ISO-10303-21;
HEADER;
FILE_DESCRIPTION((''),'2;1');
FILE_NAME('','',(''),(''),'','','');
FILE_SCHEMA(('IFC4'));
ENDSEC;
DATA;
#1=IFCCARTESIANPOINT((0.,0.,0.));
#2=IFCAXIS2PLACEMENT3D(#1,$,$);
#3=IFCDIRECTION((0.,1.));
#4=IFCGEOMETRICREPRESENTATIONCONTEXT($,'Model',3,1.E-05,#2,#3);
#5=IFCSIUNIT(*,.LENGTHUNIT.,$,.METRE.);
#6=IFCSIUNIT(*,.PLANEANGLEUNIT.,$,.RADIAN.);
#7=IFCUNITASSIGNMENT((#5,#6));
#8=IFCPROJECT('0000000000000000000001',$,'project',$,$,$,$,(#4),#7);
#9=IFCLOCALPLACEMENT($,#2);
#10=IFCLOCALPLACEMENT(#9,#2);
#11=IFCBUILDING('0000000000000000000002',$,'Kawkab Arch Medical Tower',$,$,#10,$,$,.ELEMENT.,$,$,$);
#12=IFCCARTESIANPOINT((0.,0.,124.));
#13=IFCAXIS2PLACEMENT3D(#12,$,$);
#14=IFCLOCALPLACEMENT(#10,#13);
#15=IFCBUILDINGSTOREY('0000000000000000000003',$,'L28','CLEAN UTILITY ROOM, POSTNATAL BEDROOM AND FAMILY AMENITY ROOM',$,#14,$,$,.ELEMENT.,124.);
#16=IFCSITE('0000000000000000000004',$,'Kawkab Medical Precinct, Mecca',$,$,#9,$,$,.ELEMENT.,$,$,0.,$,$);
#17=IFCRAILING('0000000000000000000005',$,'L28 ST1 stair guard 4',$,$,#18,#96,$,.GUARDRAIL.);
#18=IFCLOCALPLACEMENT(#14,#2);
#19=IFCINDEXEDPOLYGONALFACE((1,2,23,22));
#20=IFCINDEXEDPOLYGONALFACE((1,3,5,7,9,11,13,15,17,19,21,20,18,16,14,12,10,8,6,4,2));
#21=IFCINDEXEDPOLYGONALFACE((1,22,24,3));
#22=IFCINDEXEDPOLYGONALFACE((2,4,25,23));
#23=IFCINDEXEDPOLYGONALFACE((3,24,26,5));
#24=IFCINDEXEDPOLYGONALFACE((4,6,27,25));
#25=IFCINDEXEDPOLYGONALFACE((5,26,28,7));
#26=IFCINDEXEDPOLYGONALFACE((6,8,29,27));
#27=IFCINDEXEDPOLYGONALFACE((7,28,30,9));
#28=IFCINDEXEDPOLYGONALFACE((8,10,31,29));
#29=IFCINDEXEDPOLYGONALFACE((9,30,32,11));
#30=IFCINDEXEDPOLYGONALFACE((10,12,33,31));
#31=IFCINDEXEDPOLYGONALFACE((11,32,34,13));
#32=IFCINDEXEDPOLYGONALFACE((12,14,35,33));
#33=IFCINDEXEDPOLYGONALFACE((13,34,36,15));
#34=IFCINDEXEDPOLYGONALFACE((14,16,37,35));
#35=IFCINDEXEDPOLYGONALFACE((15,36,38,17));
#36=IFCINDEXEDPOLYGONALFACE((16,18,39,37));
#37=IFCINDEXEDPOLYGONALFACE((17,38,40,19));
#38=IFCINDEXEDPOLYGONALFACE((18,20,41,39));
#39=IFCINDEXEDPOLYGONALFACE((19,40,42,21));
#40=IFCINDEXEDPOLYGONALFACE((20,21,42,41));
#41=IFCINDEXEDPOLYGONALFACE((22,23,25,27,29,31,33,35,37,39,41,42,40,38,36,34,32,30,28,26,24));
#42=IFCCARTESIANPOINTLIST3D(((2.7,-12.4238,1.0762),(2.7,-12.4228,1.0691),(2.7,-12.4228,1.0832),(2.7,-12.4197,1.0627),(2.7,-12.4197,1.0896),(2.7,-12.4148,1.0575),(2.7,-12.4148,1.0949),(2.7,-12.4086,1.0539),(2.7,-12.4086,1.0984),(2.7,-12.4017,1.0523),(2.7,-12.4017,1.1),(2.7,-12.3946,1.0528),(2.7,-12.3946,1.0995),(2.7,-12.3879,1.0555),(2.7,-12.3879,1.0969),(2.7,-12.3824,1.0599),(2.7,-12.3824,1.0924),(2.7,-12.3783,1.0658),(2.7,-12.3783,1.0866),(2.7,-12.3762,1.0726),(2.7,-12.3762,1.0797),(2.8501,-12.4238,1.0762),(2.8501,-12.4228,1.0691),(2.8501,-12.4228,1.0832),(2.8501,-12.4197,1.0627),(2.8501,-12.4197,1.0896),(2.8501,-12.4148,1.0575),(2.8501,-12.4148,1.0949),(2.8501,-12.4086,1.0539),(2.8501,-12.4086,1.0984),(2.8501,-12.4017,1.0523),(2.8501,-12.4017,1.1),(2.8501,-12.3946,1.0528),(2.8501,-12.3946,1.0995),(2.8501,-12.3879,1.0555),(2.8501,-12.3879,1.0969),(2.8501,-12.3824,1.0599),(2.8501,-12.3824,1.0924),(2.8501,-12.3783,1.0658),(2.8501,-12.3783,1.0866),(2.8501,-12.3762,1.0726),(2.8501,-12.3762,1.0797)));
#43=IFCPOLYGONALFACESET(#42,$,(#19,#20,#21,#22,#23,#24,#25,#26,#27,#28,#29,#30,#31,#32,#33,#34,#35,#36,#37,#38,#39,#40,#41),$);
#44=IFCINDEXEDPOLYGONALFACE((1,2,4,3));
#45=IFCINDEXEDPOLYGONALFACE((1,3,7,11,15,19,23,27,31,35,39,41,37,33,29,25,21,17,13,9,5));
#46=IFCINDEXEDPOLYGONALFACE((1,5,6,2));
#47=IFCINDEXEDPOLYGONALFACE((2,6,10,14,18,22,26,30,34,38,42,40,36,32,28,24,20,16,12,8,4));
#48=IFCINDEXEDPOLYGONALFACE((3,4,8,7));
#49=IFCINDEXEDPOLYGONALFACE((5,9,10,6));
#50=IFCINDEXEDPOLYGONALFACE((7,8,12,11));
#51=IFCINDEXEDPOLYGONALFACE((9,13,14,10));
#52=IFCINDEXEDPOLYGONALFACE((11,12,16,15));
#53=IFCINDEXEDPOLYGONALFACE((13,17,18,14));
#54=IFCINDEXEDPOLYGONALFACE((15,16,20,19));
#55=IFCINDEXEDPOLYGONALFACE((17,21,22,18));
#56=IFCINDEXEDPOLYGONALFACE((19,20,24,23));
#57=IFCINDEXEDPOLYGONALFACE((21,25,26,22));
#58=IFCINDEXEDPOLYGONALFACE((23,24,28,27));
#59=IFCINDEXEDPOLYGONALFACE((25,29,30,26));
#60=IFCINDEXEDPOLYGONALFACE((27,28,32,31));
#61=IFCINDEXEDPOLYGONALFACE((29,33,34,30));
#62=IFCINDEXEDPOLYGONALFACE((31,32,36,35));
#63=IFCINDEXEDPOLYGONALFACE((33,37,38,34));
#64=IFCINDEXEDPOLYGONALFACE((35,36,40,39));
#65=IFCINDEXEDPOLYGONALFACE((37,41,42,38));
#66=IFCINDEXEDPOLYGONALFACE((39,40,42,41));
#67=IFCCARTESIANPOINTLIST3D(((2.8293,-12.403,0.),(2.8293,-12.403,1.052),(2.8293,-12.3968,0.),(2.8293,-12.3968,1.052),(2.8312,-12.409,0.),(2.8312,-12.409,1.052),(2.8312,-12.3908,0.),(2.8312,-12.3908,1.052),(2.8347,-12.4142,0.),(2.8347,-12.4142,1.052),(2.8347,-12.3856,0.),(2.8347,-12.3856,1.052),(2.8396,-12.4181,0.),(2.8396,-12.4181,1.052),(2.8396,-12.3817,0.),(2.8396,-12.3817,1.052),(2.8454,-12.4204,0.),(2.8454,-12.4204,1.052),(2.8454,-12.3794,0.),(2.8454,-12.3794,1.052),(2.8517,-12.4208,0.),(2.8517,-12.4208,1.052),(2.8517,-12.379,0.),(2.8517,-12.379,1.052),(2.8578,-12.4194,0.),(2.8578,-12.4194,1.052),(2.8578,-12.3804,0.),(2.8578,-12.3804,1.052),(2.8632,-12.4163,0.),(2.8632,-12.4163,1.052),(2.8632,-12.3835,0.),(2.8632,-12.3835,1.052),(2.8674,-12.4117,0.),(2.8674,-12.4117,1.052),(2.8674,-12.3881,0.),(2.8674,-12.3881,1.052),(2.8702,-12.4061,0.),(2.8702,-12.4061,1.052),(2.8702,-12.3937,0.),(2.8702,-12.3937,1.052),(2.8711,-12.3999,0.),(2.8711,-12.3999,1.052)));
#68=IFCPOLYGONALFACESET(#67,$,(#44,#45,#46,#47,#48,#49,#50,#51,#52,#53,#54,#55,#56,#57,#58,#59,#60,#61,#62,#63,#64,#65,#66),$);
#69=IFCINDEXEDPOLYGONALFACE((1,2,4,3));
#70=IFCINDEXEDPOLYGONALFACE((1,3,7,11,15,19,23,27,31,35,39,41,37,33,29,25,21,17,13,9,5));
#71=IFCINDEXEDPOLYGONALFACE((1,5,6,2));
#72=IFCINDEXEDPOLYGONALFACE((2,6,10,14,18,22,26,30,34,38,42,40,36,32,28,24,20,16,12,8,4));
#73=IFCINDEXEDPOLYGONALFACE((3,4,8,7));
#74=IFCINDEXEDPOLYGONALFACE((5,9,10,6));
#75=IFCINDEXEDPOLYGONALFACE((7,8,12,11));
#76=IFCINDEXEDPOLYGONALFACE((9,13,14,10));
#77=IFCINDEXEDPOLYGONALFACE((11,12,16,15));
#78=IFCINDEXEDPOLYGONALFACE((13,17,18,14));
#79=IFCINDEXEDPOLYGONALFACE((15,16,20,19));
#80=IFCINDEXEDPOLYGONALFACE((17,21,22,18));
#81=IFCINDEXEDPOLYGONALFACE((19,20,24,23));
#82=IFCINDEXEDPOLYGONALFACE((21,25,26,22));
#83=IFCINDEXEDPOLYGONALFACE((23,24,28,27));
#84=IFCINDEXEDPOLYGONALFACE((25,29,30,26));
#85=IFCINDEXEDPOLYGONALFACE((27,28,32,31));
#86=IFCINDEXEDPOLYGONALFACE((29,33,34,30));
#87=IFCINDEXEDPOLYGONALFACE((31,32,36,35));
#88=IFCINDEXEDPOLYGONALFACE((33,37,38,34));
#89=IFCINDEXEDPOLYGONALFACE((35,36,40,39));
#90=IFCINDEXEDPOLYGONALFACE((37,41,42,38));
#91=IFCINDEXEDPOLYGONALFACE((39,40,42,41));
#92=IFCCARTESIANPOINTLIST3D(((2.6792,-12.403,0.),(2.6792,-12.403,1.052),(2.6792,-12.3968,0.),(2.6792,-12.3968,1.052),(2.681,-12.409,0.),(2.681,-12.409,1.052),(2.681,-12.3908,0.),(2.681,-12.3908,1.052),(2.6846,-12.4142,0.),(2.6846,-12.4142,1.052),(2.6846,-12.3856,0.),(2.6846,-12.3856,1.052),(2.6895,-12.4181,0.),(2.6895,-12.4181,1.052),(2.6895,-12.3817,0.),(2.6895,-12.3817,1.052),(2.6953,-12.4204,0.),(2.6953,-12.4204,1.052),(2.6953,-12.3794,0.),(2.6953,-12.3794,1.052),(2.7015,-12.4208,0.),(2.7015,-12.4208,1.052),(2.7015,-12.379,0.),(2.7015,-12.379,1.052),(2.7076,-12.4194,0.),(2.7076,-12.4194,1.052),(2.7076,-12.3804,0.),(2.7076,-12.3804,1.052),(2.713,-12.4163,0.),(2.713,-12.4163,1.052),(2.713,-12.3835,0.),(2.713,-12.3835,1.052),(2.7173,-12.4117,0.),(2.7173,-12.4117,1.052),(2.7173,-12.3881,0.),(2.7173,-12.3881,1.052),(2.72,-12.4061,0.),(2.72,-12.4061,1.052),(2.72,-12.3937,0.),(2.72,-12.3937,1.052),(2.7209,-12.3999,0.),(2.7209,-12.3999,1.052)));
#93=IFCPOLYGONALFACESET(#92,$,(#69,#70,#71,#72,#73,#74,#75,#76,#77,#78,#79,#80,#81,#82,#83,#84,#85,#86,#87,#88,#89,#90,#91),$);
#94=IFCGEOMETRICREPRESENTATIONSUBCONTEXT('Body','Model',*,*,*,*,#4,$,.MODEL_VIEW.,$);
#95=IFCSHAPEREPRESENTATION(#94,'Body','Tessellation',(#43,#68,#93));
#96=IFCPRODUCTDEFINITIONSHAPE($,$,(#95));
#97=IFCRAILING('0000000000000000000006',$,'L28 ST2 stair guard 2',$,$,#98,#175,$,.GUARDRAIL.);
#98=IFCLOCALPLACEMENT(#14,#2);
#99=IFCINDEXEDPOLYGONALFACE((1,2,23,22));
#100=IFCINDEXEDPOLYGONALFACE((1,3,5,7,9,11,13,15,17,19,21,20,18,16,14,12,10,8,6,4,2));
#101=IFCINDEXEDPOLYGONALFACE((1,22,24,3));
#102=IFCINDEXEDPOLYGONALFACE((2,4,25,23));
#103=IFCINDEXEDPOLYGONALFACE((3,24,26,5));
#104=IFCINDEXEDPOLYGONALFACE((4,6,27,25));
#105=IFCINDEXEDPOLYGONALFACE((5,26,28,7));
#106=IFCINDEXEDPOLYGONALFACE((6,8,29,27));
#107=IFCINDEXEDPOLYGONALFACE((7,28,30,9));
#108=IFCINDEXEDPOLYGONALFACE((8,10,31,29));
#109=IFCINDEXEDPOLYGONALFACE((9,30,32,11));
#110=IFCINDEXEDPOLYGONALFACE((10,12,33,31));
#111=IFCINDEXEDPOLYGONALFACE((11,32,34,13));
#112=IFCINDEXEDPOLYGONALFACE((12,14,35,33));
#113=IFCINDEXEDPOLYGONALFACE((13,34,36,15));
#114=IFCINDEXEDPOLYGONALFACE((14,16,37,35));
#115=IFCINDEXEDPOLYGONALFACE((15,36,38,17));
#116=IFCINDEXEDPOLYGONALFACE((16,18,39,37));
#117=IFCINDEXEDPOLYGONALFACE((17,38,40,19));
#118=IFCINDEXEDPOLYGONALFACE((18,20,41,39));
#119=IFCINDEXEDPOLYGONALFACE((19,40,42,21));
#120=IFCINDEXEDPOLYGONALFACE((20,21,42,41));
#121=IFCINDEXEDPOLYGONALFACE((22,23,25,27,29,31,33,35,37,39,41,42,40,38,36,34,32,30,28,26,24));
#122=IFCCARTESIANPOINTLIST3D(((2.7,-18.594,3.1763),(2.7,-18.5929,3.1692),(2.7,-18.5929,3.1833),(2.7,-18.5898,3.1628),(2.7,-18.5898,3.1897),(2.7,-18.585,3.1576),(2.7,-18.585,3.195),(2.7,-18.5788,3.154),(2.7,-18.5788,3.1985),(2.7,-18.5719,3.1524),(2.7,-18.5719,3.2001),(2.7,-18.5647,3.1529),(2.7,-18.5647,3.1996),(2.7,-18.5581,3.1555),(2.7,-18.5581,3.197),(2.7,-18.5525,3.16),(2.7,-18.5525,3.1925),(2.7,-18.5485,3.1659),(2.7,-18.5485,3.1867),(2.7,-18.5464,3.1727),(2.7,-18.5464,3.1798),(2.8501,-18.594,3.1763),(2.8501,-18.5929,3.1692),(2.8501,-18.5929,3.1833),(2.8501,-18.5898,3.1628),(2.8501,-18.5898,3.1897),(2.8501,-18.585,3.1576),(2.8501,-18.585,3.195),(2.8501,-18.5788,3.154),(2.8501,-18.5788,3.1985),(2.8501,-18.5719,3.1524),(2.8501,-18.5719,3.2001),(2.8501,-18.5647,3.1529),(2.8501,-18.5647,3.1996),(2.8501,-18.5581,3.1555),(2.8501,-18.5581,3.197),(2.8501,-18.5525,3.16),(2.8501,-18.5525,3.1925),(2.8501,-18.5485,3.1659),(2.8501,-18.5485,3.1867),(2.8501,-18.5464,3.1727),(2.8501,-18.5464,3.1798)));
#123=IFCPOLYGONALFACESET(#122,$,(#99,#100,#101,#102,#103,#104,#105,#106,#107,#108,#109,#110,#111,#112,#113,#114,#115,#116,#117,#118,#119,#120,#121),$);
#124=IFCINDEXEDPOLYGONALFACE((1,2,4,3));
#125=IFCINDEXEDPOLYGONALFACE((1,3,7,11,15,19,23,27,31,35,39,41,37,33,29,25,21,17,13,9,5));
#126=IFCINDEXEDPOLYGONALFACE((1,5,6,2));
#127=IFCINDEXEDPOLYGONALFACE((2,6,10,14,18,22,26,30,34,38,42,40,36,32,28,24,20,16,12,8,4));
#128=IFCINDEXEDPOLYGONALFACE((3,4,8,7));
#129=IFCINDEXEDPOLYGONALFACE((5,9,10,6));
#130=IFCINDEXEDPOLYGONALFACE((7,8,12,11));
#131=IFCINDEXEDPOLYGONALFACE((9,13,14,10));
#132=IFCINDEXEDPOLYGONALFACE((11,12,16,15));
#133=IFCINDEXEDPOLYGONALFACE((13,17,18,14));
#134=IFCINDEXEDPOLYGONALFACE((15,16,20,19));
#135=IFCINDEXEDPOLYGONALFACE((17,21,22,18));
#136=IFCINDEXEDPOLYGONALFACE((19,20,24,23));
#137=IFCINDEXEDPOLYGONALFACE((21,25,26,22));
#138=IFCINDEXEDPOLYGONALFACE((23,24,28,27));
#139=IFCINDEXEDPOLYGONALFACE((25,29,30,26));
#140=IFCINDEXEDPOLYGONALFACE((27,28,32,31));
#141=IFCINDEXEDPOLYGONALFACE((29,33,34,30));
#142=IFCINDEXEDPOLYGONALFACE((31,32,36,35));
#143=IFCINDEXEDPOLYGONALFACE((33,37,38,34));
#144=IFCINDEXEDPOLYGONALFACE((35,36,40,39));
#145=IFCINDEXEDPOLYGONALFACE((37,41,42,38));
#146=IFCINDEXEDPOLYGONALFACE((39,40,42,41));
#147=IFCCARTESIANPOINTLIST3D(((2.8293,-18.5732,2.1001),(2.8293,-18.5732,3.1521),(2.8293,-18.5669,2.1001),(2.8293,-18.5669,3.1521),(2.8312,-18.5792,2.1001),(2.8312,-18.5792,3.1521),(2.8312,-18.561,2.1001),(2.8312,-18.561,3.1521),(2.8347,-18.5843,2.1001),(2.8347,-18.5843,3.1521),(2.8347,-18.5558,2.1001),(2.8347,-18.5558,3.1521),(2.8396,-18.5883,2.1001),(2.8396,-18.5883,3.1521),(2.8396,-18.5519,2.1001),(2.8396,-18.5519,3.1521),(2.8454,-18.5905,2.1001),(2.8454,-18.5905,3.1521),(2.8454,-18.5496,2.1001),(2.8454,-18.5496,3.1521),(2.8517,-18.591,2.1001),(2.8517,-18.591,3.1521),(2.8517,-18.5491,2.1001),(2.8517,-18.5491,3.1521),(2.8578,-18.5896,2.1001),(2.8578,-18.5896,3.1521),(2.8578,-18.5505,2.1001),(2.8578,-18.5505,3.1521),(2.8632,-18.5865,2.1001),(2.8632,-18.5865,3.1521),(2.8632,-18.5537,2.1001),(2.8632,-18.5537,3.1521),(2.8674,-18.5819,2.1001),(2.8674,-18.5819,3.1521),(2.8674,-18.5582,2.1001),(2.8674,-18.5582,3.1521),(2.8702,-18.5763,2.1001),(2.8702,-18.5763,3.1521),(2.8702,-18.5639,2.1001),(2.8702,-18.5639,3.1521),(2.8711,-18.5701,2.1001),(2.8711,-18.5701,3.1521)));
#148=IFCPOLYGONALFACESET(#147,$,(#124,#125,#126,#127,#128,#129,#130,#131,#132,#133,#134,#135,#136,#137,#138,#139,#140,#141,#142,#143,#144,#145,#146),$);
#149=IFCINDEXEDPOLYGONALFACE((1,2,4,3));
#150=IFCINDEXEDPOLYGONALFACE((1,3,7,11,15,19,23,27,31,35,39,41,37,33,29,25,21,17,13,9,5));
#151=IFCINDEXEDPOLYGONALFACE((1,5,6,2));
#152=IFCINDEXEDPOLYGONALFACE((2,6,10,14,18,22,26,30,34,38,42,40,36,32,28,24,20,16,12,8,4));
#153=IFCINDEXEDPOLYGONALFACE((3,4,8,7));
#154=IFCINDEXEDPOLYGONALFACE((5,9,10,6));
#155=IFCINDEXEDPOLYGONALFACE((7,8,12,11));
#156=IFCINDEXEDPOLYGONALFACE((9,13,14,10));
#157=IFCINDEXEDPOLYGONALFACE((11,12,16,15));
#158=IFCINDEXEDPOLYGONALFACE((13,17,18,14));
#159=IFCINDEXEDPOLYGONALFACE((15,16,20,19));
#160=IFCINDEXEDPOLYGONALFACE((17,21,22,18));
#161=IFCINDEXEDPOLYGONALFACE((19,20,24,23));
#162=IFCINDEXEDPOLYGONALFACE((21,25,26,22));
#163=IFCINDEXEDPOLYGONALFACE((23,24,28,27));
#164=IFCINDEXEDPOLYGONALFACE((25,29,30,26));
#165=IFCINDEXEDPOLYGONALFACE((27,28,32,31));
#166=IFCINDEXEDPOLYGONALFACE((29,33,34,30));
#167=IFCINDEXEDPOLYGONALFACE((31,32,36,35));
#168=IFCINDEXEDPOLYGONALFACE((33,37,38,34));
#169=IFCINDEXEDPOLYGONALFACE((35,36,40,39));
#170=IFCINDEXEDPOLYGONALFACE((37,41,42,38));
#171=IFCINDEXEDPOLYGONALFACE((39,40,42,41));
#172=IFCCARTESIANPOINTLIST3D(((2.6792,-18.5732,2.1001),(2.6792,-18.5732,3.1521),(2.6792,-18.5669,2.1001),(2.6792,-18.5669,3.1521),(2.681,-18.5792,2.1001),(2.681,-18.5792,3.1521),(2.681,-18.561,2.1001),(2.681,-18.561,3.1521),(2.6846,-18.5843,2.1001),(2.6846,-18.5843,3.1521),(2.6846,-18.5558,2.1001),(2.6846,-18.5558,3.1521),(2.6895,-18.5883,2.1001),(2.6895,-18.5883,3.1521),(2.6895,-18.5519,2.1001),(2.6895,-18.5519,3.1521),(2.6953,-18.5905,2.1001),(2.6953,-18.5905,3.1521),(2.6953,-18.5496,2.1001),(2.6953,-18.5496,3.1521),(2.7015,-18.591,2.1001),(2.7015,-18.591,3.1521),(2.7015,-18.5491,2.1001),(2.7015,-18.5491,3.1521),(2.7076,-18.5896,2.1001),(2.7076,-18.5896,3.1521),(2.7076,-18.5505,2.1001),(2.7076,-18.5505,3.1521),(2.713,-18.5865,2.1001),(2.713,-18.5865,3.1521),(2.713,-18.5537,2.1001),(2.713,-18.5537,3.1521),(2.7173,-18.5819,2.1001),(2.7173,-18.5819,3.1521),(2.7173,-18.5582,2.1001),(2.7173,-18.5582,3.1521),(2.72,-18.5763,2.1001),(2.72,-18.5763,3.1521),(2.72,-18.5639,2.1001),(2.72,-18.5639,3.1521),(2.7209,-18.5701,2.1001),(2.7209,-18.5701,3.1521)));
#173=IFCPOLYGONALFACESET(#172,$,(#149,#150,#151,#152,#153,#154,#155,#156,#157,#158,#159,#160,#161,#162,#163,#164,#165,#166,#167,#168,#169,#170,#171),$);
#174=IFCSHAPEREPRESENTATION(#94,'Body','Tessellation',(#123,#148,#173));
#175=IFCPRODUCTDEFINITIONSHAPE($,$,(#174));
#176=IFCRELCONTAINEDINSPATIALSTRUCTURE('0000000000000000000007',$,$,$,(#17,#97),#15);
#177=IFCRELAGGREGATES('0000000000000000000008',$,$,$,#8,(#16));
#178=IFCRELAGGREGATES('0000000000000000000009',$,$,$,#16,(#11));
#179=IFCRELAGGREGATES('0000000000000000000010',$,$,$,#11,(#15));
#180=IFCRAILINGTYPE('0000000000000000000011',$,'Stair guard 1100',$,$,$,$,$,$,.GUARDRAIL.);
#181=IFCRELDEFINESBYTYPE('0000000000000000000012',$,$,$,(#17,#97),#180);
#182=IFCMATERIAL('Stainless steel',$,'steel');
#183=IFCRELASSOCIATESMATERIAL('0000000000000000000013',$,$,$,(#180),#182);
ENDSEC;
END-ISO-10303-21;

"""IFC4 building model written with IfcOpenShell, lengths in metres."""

from ifc_helpers import new_model, si_unit, direction, frame, origin, origin_2d, place, context, subcontext, project, spatial, circle, extrude, material, type_object, element, save


model = new_model("IFC4")

# Units and contexts
model_context = context("Model", 3, precision=1e-05, world=origin(), true_north=direction((0.0, 1.0)))
body_context = subcontext(model_context, "Body", "Model", "MODEL_VIEW")
ifc_project = project(units=[si_unit("LENGTHUNIT", "METRE"), si_unit("PLANEANGLEUNIT", "RADIAN")], contexts=[model_context])

# Site, building, storey
site_placement = place(None, origin())
site = spatial("IfcSite", under=ifc_project, at=site_placement, Name="Kawkab Medical Precinct, Mecca", CompositionType="ELEMENT", RefElevation=0.0)
building_placement = place(site_placement, origin())
building = spatial("IfcBuilding", under=site, at=building_placement, Name="Kawkab Arch Medical Tower", CompositionType="ELEMENT")
storey_placement = place(building_placement, frame((0.0, 0.0, 124.0)))
storey = spatial("IfcBuildingStorey", under=building, at=storey_placement, Name="L28", Description="CLEAN UTILITY ROOM, POSTNATAL BEDROOM AND FAMILY AMENITY ROOM", CompositionType="ELEMENT", Elevation=124.0)

# Railings
ifc_material_1 = material(Name="Stainless steel", Category="steel")
railing_type_1 = type_object("IfcRailingType", Name="Stair guard 1100", PredefinedType="GUARDRAIL", material=ifc_material_1)
for number, where, name in (
    (1, (2.8501, -12.3999, 0.0), "L28 ST1 stair guard 4"),
    (2, (2.8501, -18.5701, 2.1001), "L28 ST2 stair guard 2"),
):
    element("IfcRailing", number, at=place(storey_placement, frame(where)), inside=storey, type_object=railing_type_1, Name=name, PredefinedType="GUARDRAIL", context=body_context, shape_type="SweptSolid", body=[
        extrude(circle(Radius=0.0239, at=origin_2d()), frame((0.0, 0.0, 1.0762), z_axis=(-1.0, 0.0, 0.0), x_axis=(0.0, -1.0, 0.0)), (0.0, 0.0, 1.0), 0.1501),
        extrude(circle(Radius=0.021, at=origin_2d()), origin(), (0.0, 0.0, 1.0), 1.052),
        extrude(circle(Radius=0.021, at=origin_2d()), frame((-0.1501, 0.0, 0.0)), (0.0, 0.0, 1.0), 1.052),
    ])

save(model, "model.ifc")
